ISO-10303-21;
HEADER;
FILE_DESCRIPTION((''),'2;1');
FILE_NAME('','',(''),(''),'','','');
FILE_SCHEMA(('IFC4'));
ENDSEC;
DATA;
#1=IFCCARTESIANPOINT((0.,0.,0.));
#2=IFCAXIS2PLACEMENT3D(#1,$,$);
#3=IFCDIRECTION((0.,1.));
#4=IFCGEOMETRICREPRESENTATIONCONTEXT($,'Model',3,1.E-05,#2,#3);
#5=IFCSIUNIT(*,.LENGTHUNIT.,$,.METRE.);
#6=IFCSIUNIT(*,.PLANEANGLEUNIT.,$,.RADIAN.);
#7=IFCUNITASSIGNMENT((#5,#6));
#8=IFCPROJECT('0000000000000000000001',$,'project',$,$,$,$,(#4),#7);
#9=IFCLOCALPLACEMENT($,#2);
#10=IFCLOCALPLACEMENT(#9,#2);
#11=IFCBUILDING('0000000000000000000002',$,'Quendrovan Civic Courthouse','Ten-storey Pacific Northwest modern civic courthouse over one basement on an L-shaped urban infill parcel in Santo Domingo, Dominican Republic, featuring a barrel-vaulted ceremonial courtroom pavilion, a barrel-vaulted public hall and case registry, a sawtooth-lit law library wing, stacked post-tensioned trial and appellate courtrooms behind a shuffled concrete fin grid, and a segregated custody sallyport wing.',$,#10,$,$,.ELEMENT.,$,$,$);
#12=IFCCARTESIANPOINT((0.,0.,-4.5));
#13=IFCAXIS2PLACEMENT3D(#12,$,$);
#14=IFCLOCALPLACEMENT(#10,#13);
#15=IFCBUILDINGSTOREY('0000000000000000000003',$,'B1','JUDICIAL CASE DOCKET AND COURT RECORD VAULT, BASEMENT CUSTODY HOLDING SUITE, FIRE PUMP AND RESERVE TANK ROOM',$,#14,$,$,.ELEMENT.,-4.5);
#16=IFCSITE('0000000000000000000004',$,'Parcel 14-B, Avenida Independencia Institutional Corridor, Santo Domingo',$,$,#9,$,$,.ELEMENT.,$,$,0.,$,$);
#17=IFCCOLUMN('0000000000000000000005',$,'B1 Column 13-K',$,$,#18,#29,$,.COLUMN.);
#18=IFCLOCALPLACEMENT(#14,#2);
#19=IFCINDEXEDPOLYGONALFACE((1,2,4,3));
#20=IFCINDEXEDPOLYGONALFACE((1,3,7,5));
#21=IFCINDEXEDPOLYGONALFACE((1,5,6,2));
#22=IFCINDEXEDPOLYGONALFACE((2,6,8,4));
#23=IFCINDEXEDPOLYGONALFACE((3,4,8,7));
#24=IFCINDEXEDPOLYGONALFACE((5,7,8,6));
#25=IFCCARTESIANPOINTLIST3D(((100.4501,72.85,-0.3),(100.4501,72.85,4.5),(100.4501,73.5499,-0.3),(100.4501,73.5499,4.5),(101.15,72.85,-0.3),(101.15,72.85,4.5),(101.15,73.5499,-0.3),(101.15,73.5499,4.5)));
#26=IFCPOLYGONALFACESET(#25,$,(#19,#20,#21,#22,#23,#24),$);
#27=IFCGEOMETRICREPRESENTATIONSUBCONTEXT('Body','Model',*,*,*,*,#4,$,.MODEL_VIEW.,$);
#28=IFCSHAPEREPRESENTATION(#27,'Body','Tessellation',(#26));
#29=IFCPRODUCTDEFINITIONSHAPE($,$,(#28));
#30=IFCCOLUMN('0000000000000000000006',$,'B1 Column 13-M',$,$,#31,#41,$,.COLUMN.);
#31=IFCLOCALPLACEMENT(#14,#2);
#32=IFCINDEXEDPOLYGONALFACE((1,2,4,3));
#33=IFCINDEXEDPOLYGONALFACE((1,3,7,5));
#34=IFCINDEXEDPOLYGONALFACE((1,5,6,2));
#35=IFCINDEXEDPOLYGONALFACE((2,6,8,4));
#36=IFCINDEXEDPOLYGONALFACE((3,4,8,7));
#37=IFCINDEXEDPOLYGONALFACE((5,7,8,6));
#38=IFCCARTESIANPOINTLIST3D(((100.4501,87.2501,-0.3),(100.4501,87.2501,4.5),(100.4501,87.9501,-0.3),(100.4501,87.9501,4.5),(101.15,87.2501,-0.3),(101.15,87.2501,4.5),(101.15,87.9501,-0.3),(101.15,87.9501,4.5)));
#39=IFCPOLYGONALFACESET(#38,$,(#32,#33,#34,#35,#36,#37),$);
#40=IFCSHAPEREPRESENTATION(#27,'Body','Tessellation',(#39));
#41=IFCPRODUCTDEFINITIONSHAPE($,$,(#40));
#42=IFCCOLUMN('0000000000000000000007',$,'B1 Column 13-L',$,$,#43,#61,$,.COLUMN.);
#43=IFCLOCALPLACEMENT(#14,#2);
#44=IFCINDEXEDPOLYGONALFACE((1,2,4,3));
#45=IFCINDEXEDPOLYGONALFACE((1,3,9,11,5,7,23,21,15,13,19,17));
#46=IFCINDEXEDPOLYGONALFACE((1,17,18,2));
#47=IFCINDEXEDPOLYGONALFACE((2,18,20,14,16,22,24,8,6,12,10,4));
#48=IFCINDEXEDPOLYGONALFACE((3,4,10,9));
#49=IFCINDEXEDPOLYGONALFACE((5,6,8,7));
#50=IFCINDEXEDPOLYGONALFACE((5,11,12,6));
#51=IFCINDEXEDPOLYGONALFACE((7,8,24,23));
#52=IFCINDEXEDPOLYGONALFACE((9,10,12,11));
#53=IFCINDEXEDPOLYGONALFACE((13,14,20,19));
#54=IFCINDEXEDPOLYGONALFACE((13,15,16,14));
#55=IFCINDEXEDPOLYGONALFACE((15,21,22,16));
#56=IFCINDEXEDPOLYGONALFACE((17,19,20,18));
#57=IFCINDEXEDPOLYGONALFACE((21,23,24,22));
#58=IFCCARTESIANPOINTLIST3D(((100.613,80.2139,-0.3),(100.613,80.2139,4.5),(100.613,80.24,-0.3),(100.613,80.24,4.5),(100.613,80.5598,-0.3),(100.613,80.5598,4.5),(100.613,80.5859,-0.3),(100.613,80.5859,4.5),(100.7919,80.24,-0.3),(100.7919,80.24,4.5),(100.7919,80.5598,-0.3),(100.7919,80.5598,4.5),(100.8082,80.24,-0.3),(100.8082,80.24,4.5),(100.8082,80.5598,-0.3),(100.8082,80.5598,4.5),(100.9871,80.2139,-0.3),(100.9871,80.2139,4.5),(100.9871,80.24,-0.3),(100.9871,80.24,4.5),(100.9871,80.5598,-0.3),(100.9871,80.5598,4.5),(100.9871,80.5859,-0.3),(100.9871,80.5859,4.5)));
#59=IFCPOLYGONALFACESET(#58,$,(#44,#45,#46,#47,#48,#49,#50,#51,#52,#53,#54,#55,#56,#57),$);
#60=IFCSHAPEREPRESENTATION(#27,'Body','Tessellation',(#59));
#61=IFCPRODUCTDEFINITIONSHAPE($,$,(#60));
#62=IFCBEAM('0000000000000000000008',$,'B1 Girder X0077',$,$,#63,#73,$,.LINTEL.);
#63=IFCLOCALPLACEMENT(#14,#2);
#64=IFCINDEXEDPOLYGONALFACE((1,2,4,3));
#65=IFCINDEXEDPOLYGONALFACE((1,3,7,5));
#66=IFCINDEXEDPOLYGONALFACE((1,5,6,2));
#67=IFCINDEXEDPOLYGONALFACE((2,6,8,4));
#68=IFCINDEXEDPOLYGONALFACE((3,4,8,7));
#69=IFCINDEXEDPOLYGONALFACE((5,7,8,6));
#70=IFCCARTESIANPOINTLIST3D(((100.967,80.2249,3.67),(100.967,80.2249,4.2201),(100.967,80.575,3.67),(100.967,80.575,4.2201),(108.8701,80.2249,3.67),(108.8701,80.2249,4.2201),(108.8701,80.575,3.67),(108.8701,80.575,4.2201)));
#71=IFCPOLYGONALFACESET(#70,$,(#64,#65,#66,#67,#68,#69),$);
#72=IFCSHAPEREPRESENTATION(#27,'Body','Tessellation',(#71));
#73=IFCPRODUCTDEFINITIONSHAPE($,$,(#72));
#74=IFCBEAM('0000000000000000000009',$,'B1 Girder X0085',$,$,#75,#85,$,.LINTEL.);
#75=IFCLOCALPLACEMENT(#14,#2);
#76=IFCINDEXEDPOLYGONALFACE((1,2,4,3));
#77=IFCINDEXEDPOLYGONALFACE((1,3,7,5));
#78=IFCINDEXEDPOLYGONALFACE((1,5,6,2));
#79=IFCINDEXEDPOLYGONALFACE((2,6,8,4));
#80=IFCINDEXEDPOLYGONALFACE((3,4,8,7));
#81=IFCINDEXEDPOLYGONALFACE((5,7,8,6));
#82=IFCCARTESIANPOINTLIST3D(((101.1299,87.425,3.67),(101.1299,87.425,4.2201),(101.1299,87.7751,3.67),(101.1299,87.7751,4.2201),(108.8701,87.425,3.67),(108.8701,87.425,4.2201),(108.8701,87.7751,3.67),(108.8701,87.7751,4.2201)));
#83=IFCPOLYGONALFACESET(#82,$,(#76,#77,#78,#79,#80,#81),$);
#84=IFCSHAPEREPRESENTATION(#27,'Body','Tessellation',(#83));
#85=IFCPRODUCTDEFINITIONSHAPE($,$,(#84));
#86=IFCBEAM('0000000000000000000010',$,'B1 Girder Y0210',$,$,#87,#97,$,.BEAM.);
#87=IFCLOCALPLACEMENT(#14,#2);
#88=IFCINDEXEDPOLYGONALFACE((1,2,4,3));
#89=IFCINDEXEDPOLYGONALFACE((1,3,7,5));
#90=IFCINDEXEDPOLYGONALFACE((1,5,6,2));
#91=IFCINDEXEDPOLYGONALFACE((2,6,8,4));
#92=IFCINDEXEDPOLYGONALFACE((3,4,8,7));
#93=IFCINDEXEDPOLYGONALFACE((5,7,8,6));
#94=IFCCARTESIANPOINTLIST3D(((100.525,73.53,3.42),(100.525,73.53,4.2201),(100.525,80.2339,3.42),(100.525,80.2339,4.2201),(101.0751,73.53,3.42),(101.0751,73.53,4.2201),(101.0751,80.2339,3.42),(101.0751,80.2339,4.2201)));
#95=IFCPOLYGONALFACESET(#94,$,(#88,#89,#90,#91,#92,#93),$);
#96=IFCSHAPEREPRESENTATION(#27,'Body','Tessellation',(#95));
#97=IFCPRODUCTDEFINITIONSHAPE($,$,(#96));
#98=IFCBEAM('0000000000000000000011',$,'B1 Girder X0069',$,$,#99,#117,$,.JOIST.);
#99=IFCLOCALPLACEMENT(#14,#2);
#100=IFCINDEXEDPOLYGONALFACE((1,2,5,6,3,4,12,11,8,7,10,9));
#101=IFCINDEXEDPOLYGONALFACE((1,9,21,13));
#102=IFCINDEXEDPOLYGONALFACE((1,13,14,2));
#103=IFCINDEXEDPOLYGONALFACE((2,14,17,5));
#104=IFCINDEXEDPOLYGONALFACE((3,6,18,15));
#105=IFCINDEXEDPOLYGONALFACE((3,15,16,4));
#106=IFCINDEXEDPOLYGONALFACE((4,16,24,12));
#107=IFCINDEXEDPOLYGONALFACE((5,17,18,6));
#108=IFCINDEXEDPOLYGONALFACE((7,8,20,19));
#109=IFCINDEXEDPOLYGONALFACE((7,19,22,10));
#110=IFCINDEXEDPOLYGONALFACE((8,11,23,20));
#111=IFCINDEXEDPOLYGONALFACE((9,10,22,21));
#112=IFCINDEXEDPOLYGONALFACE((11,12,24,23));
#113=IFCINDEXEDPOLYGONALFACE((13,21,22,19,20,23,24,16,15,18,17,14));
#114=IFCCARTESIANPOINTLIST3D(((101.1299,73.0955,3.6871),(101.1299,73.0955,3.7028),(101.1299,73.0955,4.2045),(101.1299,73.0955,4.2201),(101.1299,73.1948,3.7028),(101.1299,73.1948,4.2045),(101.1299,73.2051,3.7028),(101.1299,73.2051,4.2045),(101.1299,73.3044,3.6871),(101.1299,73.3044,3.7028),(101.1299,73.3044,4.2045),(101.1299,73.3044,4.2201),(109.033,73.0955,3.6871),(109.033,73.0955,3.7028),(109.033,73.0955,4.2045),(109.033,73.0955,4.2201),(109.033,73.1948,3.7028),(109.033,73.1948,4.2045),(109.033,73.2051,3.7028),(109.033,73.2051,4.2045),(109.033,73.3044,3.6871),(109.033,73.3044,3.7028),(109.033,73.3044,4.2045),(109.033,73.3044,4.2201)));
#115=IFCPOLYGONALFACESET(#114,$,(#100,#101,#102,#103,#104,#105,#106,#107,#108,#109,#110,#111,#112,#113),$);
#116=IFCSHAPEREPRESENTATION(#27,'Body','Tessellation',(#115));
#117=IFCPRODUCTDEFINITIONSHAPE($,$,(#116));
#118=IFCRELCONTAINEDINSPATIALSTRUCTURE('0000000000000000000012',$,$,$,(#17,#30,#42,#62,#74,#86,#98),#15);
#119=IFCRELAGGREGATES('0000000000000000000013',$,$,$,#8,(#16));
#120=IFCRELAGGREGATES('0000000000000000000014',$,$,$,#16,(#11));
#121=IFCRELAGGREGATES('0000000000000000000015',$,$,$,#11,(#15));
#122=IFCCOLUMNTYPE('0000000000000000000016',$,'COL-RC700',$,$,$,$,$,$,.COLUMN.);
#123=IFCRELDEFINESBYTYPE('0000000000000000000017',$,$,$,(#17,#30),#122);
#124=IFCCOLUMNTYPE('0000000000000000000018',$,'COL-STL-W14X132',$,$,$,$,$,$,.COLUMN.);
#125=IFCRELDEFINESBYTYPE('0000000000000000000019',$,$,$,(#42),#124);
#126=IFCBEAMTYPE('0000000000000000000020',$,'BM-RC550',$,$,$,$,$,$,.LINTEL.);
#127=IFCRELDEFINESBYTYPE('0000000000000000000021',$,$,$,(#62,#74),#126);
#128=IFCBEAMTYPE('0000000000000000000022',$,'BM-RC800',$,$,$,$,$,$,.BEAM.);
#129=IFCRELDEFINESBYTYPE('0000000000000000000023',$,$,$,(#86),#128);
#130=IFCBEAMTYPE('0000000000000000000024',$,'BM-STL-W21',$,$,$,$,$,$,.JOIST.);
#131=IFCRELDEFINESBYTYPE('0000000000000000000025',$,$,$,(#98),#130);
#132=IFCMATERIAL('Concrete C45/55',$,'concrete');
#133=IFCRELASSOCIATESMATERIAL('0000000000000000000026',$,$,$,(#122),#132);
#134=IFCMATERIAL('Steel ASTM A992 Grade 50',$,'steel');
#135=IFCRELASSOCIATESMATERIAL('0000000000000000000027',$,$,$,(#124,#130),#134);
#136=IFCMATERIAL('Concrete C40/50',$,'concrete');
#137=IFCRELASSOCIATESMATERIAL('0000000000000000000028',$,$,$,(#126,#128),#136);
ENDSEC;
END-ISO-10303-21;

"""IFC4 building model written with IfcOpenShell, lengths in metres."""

from ifc_helpers import new_model, si_unit, direction, frame, origin, origin_2d, place, context, subcontext, project, spatial, rectangle, i_section, extrude, material, material_profile, profile_set, type_object, element, save


model = new_model("IFC4")

# Units and contexts
model_context = context("Model", 3, precision=1e-05, world=origin(), true_north=direction((0.0, 1.0)))
body_context = subcontext(model_context, "Body", "Model", "MODEL_VIEW")
ifc_project = project(units=[si_unit("LENGTHUNIT", "METRE"), si_unit("PLANEANGLEUNIT", "RADIAN")], contexts=[model_context])

# Site, building, storey
site_placement = place(None, origin())
site = spatial("IfcSite", under=ifc_project, at=site_placement, Name="Parcel 14-B, Avenida Independencia Institutional Corridor, Santo Domingo", CompositionType="ELEMENT", RefElevation=0.0)
building_placement = place(site_placement, origin())
building = spatial("IfcBuilding", under=site, at=building_placement, Name="Quendrovan Civic Courthouse", Description="Ten-storey Pacific Northwest modern civic courthouse over one basement on an L-shaped urban infill parcel in Santo Domingo, Dominican Republic, featuring a barrel-vaulted ceremonial courtroom pavilion, a barrel-vaulted public hall and case registry, a sawtooth-lit law library wing, stacked post-tensioned trial and appellate courtrooms behind a shuffled concrete fin grid, and a segregated custody sallyport wing.", CompositionType="ELEMENT")
storey_placement = place(building_placement, frame((0.0, 0.0, -4.5)))
storey = spatial("IfcBuildingStorey", under=building, at=storey_placement, Name="B1", Description="JUDICIAL CASE DOCKET AND COURT RECORD VAULT, BASEMENT CUSTODY HOLDING SUITE, FIRE PUMP AND RESERVE TANK ROOM", CompositionType="ELEMENT", Elevation=-4.5)

# Columns
ifc_material_1 = material(Name="Concrete C45/55", Category="concrete")
ifc_material_profile_1 = material_profile(ifc_material_1, rectangle(XDim=0.7, YDim=0.7, at=origin_2d()), Name="RC-COL-700x700")
ifc_profile_set_1 = profile_set([ifc_material_profile_1], Name="Concrete C45/55")
column_type_1 = type_object("IfcColumnType", Name="COL-RC700", PredefinedType="COLUMN", material=ifc_profile_set_1)
for number, where, z_axis, x_axis, name in (
    (1, (100.8, 73.2, -0.3), (0.0, 0.0, 1.0), (1.0, 0.0, 0.0), "B1 Column 13-K"),
    (2, (100.8, 87.6001, -0.3), (0.0, 0.0, 1.0), (1.0, 0.0, 0.0), "B1 Column 13-M"),
):
    element("IfcColumn", number, at=place(storey_placement, frame(where, z_axis=z_axis, x_axis=x_axis)), inside=storey, type_object=column_type_1, Name=name, PredefinedType="COLUMN", context=body_context, shape_type="SweptSolid", body=[
        extrude(rectangle(XDim=0.7, YDim=0.7, at=origin_2d()), origin(), (0.0, 0.0, 1.0), 4.8),
    ])
ifc_material_2 = material(Name="Steel ASTM A992 Grade 50", Category="steel")
ifc_material_profile_2 = material_profile(ifc_material_2, i_section(OverallWidth=0.374, OverallDepth=0.3721, WebThickness=0.0164, FlangeThickness=0.0261, at=origin_2d()), Name="W14X132")
ifc_profile_set_2 = profile_set([ifc_material_profile_2], Name="Steel ASTM A992 Grade 50")
column_type_2 = type_object("IfcColumnType", Name="COL-STL-W14X132", PredefinedType="COLUMN", material=ifc_profile_set_2)
column_placement = place(storey_placement, frame((100.8, 80.3999, -0.3), z_axis=(0.0, 0.0, 1.0), x_axis=(1.0, 0.0, 0.0)))
element("IfcColumn", 3, at=column_placement, inside=storey, type_object=column_type_2, Name="B1 Column 13-L", PredefinedType="COLUMN", context=body_context, shape_type="SweptSolid", body=[
    extrude(i_section(OverallWidth=0.374, OverallDepth=0.3721, WebThickness=0.0164, FlangeThickness=0.0261, at=origin_2d()), origin(), (0.0, 0.0, 1.0), 4.8),
])

# Beams
ifc_material_3 = material(Name="Concrete C40/50", Category="concrete")
ifc_material_profile_3 = material_profile(ifc_material_3, rectangle(XDim=0.3501, YDim=0.55, at=origin_2d()), Name="RC-BM-350x550")
ifc_profile_set_3 = profile_set([ifc_material_profile_3], Name="Concrete C40/50")
beam_type_1 = type_object("IfcBeamType", Name="BM-RC550", PredefinedType="LINTEL", material=ifc_profile_set_3)
beam_1_placement = place(storey_placement, frame((100.967, 80.3999, 3.9451), z_axis=(1.0, 0.0, 0.0), x_axis=(0.0, 1.0, 0.0)))
element("IfcBeam", 4, at=beam_1_placement, inside=storey, type_object=beam_type_1, Name="B1 Girder X0077", PredefinedType="LINTEL", context=body_context, shape_type="SweptSolid", body=[
    extrude(rectangle(XDim=0.3501, YDim=0.55, at=origin_2d()), origin(), (0.0, 0.0, 1.0), 7.9031),
])
beam_2_placement = place(storey_placement, frame((101.1299, 87.6001, 3.9451), z_axis=(1.0, 0.0, 0.0), x_axis=(0.0, 1.0, 0.0)))
element("IfcBeam", 5, at=beam_2_placement, inside=storey, type_object=beam_type_1, Name="B1 Girder X0085", PredefinedType="LINTEL", context=body_context, shape_type="SweptSolid", body=[
    extrude(rectangle(XDim=0.3501, YDim=0.55, at=origin_2d()), origin(), (0.0, 0.0, 1.0), 7.7402),
])
ifc_material_profile_4 = material_profile(ifc_material_3, rectangle(XDim=0.55, YDim=0.8, at=origin_2d()), Name="RC-BM-550x800")
ifc_profile_set_4 = profile_set([ifc_material_profile_4], Name="Concrete C40/50")
beam_type_2 = type_object("IfcBeamType", Name="BM-RC800", PredefinedType="BEAM", material=ifc_profile_set_4)
beam_3_placement = place(storey_placement, frame((100.8, 73.53, 3.8201), z_axis=(0.0, 1.0, 0.0), x_axis=(-1.0, 0.0, 0.0)))
element("IfcBeam", 6, at=beam_3_placement, inside=storey, type_object=beam_type_2, Name="B1 Girder Y0210", PredefinedType="BEAM", context=body_context, shape_type="SweptSolid", body=[
    extrude(rectangle(XDim=0.55, YDim=0.8, at=origin_2d()), origin(), (0.0, 0.0, 1.0), 6.7039),
])
ifc_material_profile_5 = material_profile(ifc_material_2, i_section(OverallWidth=0.209, OverallDepth=0.533, WebThickness=0.0103, FlangeThickness=0.0156, at=origin_2d()), Name="W21X62")
ifc_profile_set_5 = profile_set([ifc_material_profile_5], Name="Steel ASTM A992 Grade 50")
beam_type_3 = type_object("IfcBeamType", Name="BM-STL-W21", PredefinedType="JOIST", material=ifc_profile_set_5)
beam_4_placement = place(storey_placement, frame((101.1299, 73.2, 3.9536), z_axis=(1.0, 0.0, 0.0), x_axis=(0.0, 1.0, 0.0)))
element("IfcBeam", 7, at=beam_4_placement, inside=storey, type_object=beam_type_3, Name="B1 Girder X0069", PredefinedType="JOIST", context=body_context, shape_type="SweptSolid", body=[
    extrude(i_section(OverallWidth=0.209, OverallDepth=0.533, WebThickness=0.0103, FlangeThickness=0.0156, at=origin_2d()), origin(), (0.0, 0.0, 1.0), 7.9031),
])

save(model, "model.ifc")
